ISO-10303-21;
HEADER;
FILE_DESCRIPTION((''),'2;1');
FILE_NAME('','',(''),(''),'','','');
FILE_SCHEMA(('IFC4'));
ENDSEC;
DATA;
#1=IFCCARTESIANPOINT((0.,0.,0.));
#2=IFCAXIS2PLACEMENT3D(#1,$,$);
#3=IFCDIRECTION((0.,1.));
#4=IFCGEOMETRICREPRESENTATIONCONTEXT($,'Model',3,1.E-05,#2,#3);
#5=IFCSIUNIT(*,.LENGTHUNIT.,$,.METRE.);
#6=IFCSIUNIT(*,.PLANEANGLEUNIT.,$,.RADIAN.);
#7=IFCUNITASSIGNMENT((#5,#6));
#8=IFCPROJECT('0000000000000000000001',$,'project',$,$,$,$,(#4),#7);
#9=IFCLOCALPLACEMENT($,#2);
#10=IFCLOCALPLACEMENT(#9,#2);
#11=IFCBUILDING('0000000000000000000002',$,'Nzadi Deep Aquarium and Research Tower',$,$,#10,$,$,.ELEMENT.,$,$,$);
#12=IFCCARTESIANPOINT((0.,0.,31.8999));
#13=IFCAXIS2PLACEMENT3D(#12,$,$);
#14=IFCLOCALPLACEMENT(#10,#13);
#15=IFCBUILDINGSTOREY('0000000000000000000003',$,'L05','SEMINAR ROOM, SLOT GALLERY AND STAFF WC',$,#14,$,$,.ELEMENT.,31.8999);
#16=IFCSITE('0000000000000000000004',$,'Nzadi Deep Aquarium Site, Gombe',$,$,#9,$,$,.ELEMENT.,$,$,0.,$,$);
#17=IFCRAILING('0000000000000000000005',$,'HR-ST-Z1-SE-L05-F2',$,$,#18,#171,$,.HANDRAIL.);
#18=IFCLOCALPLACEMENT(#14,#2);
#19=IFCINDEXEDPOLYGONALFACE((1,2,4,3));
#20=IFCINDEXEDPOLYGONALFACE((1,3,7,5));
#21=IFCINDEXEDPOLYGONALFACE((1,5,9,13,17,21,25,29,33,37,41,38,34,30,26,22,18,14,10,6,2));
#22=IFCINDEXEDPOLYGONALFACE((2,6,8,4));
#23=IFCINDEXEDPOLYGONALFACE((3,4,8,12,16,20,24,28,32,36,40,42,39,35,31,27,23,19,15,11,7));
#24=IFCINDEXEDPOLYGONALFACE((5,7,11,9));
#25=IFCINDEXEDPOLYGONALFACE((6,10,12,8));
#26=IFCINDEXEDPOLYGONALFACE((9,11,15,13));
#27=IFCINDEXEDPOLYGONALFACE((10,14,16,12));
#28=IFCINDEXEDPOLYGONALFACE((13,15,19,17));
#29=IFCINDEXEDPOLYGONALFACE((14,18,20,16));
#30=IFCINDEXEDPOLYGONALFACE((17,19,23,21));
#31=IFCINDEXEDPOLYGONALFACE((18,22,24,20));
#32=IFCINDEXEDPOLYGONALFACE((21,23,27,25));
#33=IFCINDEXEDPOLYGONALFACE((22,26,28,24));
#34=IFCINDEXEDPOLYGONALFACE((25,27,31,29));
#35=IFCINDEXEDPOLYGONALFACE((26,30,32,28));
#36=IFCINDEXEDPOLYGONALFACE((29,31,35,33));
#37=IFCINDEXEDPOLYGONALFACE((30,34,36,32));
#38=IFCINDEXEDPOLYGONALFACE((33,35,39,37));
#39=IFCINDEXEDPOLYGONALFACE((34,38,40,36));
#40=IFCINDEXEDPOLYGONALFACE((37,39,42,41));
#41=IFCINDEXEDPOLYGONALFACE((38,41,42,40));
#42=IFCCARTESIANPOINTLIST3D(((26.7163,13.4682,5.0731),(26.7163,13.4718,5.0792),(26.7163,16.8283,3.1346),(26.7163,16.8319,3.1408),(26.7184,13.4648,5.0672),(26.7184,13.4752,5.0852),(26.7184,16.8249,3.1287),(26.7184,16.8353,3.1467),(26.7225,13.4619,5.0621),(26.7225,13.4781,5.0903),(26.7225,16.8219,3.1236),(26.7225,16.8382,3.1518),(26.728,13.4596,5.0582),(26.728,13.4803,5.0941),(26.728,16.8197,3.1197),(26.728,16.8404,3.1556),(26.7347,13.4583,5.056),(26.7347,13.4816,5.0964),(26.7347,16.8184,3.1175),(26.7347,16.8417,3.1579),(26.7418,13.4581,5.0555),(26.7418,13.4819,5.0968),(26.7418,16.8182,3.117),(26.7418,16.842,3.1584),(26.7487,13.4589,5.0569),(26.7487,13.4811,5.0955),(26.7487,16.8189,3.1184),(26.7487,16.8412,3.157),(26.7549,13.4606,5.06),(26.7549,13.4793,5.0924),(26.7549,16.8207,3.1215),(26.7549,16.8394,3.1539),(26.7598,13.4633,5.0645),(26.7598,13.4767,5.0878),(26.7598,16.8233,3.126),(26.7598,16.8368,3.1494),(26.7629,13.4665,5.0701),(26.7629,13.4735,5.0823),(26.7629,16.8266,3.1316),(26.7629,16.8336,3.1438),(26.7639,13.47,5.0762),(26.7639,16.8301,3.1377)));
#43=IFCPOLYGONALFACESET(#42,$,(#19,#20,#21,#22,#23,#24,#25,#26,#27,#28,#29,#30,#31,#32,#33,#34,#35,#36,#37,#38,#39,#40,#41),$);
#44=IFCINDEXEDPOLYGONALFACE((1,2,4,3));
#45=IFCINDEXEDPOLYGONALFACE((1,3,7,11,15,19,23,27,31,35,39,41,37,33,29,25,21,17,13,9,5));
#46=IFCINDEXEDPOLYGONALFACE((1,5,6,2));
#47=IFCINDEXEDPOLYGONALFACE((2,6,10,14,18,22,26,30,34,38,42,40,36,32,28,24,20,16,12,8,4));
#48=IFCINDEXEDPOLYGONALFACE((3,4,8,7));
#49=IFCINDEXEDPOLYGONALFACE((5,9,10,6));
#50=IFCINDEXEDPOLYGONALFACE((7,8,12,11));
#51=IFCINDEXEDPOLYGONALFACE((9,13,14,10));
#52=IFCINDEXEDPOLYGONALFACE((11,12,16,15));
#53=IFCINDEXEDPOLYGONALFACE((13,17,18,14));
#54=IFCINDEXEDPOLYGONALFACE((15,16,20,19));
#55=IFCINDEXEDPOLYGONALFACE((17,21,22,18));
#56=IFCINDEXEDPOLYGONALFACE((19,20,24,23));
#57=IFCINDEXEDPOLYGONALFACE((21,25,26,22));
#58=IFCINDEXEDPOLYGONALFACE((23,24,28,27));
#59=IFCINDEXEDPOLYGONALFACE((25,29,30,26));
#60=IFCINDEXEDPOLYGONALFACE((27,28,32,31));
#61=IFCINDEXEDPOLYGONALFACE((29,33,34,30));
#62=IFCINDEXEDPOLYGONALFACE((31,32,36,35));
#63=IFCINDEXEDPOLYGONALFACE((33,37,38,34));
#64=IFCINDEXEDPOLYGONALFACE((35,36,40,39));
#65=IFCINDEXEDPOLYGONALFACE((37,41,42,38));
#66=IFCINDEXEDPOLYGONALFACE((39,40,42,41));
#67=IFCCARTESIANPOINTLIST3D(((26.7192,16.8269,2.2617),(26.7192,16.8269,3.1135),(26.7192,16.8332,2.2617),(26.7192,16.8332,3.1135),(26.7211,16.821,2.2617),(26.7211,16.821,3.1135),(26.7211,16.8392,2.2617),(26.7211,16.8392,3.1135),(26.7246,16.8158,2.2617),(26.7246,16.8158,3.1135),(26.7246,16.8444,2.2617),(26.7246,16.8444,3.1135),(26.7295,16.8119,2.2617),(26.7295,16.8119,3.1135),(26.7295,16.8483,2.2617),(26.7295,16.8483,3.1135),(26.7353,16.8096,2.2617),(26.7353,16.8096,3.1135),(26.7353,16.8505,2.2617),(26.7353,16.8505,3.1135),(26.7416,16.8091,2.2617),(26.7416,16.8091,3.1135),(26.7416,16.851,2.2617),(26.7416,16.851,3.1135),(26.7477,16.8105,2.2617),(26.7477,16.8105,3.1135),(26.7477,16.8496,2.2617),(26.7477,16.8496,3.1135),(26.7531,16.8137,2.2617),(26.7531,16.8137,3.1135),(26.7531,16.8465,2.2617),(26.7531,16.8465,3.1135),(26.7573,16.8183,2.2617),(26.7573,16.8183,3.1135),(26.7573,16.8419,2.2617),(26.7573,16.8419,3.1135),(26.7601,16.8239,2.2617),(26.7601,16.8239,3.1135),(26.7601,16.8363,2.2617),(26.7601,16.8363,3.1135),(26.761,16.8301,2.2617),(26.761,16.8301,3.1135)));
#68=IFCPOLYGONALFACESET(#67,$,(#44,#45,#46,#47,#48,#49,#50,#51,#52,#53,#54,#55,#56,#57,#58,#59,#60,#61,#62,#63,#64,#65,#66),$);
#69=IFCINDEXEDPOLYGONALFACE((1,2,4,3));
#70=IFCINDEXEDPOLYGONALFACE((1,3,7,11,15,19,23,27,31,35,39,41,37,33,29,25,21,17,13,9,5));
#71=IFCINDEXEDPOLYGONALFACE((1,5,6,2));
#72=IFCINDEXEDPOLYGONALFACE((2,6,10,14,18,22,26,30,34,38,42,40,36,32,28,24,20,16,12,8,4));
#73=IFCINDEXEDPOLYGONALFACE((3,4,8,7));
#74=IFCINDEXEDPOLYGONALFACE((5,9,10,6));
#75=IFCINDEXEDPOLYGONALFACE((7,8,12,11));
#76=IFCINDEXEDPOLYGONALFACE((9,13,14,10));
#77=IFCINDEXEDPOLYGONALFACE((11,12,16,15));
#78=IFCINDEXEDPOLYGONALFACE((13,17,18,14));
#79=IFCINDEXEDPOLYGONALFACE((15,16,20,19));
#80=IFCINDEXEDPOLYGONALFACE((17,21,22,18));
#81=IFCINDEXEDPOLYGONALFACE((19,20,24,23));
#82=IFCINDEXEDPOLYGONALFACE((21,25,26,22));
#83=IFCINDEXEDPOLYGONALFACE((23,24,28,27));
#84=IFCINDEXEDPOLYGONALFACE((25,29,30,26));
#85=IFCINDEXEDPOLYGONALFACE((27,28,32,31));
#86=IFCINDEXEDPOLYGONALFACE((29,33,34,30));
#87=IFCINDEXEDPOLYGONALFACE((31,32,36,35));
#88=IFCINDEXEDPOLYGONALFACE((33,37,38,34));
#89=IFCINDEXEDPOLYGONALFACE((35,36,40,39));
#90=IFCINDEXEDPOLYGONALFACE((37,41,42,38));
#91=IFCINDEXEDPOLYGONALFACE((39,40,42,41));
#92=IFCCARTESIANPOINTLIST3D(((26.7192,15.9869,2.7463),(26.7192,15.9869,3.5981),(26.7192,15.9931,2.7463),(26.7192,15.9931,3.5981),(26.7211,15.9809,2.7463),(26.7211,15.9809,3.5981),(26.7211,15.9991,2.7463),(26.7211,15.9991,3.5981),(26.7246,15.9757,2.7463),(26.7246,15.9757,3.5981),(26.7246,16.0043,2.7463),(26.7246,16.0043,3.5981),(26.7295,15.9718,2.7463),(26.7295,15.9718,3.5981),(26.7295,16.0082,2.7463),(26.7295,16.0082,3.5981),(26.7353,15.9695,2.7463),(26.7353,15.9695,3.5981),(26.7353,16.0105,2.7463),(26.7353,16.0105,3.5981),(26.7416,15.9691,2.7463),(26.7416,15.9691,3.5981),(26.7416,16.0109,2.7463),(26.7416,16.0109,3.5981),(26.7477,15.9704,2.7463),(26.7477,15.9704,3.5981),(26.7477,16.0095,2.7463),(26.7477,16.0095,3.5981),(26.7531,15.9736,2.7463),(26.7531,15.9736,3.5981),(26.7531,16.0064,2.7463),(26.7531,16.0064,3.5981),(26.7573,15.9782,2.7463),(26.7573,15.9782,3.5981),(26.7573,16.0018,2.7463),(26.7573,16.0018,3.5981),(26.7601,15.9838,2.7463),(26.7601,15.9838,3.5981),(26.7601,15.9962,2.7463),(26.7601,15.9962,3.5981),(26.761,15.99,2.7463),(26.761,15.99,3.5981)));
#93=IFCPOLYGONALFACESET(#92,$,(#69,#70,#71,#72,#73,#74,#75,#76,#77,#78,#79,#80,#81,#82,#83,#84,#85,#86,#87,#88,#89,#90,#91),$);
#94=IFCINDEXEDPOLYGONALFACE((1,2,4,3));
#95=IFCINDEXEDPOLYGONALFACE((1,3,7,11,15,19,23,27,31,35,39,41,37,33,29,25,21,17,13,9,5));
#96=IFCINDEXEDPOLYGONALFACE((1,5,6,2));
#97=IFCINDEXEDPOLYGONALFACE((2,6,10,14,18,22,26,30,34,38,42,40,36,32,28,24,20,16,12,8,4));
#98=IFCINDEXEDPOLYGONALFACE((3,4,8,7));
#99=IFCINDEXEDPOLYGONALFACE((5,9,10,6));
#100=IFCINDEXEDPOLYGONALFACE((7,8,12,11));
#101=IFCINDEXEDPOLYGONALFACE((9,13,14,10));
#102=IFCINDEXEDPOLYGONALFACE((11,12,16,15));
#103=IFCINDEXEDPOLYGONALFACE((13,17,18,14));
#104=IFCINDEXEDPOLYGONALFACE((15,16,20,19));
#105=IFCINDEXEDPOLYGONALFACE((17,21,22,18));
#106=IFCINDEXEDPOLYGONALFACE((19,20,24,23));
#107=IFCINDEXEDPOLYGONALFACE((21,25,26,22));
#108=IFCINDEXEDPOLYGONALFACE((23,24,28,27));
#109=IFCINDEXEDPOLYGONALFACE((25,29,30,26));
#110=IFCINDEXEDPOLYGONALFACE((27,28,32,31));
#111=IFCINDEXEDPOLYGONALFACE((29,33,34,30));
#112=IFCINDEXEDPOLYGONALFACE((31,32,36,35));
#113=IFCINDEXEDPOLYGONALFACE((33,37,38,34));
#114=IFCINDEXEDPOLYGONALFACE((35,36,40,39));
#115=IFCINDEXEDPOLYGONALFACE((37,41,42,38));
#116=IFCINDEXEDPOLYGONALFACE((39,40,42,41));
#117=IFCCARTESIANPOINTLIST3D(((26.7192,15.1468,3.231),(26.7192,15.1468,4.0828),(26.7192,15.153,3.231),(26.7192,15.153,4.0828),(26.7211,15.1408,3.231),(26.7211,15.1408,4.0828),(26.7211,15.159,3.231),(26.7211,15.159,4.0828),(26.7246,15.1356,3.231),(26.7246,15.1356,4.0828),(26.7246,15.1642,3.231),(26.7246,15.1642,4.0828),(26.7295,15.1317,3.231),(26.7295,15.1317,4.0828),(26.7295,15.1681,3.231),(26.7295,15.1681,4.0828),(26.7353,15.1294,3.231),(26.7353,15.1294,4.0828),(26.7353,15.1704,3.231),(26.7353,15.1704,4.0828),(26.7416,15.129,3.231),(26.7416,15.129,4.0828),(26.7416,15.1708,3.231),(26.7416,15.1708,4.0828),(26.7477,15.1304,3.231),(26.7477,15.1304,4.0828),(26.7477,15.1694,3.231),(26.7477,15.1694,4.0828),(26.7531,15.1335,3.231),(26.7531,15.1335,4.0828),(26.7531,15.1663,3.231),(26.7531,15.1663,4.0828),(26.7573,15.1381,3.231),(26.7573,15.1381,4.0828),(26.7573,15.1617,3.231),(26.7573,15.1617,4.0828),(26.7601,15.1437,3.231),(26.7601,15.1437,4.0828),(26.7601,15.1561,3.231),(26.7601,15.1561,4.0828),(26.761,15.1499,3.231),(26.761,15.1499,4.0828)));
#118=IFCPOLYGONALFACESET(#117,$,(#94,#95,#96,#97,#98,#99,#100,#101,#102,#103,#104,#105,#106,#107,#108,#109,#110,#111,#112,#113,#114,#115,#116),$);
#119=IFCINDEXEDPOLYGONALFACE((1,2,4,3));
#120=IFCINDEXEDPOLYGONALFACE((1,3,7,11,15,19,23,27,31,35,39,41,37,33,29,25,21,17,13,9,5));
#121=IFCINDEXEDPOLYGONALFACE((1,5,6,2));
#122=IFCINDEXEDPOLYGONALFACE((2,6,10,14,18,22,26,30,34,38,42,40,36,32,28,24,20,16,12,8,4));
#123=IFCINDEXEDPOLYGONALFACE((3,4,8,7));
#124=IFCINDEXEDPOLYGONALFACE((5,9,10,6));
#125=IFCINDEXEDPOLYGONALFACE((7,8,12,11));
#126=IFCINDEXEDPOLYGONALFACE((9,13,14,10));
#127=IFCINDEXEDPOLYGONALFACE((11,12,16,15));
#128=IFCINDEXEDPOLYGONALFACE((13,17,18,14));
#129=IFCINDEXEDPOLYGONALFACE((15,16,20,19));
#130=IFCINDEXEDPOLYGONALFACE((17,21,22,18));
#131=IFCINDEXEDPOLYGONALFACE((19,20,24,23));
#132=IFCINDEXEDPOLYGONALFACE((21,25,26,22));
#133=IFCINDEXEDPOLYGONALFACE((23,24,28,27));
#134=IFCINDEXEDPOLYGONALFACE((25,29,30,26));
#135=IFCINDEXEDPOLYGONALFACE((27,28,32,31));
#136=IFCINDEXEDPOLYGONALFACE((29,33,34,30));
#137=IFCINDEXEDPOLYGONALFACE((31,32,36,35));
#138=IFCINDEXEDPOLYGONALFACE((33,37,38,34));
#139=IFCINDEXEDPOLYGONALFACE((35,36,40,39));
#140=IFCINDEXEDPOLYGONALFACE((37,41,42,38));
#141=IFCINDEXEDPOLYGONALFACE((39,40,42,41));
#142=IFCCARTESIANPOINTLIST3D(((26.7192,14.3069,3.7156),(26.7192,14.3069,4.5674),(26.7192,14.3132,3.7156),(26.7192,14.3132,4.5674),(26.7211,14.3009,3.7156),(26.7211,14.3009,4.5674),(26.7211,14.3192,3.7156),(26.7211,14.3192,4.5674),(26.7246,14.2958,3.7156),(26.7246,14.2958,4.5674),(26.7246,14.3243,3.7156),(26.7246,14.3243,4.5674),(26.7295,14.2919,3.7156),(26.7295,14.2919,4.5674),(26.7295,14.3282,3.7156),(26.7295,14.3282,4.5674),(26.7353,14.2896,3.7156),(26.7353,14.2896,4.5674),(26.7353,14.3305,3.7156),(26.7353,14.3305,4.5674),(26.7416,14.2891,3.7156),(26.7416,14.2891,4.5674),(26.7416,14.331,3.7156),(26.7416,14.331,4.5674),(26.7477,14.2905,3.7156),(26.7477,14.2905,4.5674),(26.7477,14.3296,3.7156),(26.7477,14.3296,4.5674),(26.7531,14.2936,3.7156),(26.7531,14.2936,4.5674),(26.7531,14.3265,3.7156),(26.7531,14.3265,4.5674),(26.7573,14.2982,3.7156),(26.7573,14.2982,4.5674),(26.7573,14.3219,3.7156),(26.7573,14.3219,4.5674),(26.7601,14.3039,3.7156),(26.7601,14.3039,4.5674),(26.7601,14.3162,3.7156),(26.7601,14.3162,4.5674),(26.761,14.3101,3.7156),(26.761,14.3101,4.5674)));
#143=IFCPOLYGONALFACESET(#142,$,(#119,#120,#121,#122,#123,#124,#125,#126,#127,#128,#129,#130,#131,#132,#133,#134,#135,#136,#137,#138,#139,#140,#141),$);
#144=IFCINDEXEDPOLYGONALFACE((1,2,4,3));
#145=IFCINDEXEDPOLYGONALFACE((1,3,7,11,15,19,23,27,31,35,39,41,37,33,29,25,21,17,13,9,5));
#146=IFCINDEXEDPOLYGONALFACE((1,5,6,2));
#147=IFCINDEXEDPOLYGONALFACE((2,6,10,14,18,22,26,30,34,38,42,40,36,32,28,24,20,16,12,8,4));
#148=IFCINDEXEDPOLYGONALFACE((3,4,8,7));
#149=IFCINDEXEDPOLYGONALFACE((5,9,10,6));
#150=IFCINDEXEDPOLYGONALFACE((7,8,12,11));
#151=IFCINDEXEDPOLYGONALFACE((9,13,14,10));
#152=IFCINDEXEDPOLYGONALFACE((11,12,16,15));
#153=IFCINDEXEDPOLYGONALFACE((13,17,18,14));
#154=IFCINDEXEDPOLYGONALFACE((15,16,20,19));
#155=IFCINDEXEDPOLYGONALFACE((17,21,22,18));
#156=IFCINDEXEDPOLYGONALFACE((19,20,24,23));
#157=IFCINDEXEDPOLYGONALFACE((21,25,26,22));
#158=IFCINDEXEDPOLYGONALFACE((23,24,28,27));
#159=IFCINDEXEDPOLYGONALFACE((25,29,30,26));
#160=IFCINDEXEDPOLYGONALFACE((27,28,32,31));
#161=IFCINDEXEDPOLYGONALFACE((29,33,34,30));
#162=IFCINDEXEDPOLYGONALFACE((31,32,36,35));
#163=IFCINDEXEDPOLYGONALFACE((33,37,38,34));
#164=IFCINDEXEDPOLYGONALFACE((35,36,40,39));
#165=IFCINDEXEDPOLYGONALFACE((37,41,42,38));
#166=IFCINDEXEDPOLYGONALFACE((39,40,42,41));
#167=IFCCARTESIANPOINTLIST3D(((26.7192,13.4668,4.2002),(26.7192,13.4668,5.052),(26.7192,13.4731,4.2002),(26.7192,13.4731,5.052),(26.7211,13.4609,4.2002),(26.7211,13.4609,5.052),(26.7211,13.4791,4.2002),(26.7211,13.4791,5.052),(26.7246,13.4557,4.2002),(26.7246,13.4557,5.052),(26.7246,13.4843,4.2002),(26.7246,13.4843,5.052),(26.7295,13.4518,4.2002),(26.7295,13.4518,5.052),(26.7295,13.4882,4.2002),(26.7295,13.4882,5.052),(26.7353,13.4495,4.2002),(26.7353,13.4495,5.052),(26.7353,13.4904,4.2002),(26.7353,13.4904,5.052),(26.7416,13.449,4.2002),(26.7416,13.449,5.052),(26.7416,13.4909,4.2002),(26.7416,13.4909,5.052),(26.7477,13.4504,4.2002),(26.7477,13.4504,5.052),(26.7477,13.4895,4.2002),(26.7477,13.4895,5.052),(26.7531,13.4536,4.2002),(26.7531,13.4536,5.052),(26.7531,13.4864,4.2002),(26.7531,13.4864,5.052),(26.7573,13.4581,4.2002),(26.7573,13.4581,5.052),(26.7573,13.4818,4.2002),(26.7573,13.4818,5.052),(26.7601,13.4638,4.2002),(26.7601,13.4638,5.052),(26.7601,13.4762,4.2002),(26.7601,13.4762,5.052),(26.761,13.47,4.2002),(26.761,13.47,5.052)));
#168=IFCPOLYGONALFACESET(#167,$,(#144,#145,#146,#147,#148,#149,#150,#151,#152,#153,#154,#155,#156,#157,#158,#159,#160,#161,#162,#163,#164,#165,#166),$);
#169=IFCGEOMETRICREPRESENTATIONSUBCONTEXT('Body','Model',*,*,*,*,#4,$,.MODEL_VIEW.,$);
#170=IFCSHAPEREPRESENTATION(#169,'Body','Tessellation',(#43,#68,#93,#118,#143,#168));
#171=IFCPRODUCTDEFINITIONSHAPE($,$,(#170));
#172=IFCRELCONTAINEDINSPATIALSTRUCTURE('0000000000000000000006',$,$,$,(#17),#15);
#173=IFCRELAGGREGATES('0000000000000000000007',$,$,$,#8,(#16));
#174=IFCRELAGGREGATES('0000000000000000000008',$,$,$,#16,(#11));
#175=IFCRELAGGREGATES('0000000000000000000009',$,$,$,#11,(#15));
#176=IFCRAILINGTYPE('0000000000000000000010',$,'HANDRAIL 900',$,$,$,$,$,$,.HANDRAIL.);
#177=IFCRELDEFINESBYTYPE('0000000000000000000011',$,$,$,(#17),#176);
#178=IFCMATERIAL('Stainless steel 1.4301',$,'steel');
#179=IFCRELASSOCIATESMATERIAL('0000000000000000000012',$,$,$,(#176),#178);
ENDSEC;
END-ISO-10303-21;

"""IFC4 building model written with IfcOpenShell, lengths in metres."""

from ifc_helpers import new_model, si_unit, direction, frame, origin, origin_2d, place, context, subcontext, project, spatial, circle, extrude, material, type_object, element, save


model = new_model("IFC4")

# Units and contexts
model_context = context("Model", 3, precision=1e-05, world=origin(), true_north=direction((0.0, 1.0)))
body_context = subcontext(model_context, "Body", "Model", "MODEL_VIEW")
ifc_project = project(units=[si_unit("LENGTHUNIT", "METRE"), si_unit("PLANEANGLEUNIT", "RADIAN")], contexts=[model_context])

# Site, building, storey
site_placement = place(None, origin())
site = spatial("IfcSite", under=ifc_project, at=site_placement, Name="Nzadi Deep Aquarium Site, Gombe", CompositionType="ELEMENT", RefElevation=0.0)
building_placement = place(site_placement, origin())
building = spatial("IfcBuilding", under=site, at=building_placement, Name="Nzadi Deep Aquarium and Research Tower", CompositionType="ELEMENT")
storey_placement = place(building_placement, frame((0.0, 0.0, 31.8999)))
storey = spatial("IfcBuildingStorey", under=building, at=storey_placement, Name="L05", Description="SEMINAR ROOM, SLOT GALLERY AND STAFF WC", CompositionType="ELEMENT", Elevation=31.8999)

# Railing
ifc_material_1 = material(Name="Stainless steel 1.4301", Category="steel")
railing_type = type_object("IfcRailingType", Name="HANDRAIL 900", PredefinedType="HANDRAIL", material=ifc_material_1)
for number, where, name in (
    (1, (26.74, 16.8301, 2.2617), "HR-ST-Z1-SE-L05-F2"),
):
    element("IfcRailing", number, at=place(storey_placement, frame(where)), inside=storey, type_object=railing_type, Name=name, PredefinedType="HANDRAIL", context=body_context, shape_type="SweptSolid", body=[
        extrude(circle(Radius=0.0239, at=origin_2d()), frame((0.0, 0.0, 0.876), z_axis=(0.0, -0.866191, 0.499713), x_axis=(1.0, 0.0, 0.0)), (0.0, 0.0, 1.0), 3.8792),
        extrude(circle(Radius=0.021, at=origin_2d()), origin(), (0.0, 0.0, 1.0), 0.8518),
        extrude(circle(Radius=0.021, at=origin_2d()), frame((0.0, -0.8401, 0.4846)), (0.0, 0.0, 1.0), 0.8518),
        extrude(circle(Radius=0.021, at=origin_2d()), frame((0.0, -1.6802, 0.9692)), (0.0, 0.0, 1.0), 0.8518),
        extrude(circle(Radius=0.021, at=origin_2d()), frame((0.0, -2.52, 1.4539)), (0.0, 0.0, 1.0), 0.8518),
        extrude(circle(Radius=0.021, at=origin_2d()), frame((0.0, -3.3601, 1.9385)), (0.0, 0.0, 1.0), 0.8518),
    ])

save(model, "model.ifc")
